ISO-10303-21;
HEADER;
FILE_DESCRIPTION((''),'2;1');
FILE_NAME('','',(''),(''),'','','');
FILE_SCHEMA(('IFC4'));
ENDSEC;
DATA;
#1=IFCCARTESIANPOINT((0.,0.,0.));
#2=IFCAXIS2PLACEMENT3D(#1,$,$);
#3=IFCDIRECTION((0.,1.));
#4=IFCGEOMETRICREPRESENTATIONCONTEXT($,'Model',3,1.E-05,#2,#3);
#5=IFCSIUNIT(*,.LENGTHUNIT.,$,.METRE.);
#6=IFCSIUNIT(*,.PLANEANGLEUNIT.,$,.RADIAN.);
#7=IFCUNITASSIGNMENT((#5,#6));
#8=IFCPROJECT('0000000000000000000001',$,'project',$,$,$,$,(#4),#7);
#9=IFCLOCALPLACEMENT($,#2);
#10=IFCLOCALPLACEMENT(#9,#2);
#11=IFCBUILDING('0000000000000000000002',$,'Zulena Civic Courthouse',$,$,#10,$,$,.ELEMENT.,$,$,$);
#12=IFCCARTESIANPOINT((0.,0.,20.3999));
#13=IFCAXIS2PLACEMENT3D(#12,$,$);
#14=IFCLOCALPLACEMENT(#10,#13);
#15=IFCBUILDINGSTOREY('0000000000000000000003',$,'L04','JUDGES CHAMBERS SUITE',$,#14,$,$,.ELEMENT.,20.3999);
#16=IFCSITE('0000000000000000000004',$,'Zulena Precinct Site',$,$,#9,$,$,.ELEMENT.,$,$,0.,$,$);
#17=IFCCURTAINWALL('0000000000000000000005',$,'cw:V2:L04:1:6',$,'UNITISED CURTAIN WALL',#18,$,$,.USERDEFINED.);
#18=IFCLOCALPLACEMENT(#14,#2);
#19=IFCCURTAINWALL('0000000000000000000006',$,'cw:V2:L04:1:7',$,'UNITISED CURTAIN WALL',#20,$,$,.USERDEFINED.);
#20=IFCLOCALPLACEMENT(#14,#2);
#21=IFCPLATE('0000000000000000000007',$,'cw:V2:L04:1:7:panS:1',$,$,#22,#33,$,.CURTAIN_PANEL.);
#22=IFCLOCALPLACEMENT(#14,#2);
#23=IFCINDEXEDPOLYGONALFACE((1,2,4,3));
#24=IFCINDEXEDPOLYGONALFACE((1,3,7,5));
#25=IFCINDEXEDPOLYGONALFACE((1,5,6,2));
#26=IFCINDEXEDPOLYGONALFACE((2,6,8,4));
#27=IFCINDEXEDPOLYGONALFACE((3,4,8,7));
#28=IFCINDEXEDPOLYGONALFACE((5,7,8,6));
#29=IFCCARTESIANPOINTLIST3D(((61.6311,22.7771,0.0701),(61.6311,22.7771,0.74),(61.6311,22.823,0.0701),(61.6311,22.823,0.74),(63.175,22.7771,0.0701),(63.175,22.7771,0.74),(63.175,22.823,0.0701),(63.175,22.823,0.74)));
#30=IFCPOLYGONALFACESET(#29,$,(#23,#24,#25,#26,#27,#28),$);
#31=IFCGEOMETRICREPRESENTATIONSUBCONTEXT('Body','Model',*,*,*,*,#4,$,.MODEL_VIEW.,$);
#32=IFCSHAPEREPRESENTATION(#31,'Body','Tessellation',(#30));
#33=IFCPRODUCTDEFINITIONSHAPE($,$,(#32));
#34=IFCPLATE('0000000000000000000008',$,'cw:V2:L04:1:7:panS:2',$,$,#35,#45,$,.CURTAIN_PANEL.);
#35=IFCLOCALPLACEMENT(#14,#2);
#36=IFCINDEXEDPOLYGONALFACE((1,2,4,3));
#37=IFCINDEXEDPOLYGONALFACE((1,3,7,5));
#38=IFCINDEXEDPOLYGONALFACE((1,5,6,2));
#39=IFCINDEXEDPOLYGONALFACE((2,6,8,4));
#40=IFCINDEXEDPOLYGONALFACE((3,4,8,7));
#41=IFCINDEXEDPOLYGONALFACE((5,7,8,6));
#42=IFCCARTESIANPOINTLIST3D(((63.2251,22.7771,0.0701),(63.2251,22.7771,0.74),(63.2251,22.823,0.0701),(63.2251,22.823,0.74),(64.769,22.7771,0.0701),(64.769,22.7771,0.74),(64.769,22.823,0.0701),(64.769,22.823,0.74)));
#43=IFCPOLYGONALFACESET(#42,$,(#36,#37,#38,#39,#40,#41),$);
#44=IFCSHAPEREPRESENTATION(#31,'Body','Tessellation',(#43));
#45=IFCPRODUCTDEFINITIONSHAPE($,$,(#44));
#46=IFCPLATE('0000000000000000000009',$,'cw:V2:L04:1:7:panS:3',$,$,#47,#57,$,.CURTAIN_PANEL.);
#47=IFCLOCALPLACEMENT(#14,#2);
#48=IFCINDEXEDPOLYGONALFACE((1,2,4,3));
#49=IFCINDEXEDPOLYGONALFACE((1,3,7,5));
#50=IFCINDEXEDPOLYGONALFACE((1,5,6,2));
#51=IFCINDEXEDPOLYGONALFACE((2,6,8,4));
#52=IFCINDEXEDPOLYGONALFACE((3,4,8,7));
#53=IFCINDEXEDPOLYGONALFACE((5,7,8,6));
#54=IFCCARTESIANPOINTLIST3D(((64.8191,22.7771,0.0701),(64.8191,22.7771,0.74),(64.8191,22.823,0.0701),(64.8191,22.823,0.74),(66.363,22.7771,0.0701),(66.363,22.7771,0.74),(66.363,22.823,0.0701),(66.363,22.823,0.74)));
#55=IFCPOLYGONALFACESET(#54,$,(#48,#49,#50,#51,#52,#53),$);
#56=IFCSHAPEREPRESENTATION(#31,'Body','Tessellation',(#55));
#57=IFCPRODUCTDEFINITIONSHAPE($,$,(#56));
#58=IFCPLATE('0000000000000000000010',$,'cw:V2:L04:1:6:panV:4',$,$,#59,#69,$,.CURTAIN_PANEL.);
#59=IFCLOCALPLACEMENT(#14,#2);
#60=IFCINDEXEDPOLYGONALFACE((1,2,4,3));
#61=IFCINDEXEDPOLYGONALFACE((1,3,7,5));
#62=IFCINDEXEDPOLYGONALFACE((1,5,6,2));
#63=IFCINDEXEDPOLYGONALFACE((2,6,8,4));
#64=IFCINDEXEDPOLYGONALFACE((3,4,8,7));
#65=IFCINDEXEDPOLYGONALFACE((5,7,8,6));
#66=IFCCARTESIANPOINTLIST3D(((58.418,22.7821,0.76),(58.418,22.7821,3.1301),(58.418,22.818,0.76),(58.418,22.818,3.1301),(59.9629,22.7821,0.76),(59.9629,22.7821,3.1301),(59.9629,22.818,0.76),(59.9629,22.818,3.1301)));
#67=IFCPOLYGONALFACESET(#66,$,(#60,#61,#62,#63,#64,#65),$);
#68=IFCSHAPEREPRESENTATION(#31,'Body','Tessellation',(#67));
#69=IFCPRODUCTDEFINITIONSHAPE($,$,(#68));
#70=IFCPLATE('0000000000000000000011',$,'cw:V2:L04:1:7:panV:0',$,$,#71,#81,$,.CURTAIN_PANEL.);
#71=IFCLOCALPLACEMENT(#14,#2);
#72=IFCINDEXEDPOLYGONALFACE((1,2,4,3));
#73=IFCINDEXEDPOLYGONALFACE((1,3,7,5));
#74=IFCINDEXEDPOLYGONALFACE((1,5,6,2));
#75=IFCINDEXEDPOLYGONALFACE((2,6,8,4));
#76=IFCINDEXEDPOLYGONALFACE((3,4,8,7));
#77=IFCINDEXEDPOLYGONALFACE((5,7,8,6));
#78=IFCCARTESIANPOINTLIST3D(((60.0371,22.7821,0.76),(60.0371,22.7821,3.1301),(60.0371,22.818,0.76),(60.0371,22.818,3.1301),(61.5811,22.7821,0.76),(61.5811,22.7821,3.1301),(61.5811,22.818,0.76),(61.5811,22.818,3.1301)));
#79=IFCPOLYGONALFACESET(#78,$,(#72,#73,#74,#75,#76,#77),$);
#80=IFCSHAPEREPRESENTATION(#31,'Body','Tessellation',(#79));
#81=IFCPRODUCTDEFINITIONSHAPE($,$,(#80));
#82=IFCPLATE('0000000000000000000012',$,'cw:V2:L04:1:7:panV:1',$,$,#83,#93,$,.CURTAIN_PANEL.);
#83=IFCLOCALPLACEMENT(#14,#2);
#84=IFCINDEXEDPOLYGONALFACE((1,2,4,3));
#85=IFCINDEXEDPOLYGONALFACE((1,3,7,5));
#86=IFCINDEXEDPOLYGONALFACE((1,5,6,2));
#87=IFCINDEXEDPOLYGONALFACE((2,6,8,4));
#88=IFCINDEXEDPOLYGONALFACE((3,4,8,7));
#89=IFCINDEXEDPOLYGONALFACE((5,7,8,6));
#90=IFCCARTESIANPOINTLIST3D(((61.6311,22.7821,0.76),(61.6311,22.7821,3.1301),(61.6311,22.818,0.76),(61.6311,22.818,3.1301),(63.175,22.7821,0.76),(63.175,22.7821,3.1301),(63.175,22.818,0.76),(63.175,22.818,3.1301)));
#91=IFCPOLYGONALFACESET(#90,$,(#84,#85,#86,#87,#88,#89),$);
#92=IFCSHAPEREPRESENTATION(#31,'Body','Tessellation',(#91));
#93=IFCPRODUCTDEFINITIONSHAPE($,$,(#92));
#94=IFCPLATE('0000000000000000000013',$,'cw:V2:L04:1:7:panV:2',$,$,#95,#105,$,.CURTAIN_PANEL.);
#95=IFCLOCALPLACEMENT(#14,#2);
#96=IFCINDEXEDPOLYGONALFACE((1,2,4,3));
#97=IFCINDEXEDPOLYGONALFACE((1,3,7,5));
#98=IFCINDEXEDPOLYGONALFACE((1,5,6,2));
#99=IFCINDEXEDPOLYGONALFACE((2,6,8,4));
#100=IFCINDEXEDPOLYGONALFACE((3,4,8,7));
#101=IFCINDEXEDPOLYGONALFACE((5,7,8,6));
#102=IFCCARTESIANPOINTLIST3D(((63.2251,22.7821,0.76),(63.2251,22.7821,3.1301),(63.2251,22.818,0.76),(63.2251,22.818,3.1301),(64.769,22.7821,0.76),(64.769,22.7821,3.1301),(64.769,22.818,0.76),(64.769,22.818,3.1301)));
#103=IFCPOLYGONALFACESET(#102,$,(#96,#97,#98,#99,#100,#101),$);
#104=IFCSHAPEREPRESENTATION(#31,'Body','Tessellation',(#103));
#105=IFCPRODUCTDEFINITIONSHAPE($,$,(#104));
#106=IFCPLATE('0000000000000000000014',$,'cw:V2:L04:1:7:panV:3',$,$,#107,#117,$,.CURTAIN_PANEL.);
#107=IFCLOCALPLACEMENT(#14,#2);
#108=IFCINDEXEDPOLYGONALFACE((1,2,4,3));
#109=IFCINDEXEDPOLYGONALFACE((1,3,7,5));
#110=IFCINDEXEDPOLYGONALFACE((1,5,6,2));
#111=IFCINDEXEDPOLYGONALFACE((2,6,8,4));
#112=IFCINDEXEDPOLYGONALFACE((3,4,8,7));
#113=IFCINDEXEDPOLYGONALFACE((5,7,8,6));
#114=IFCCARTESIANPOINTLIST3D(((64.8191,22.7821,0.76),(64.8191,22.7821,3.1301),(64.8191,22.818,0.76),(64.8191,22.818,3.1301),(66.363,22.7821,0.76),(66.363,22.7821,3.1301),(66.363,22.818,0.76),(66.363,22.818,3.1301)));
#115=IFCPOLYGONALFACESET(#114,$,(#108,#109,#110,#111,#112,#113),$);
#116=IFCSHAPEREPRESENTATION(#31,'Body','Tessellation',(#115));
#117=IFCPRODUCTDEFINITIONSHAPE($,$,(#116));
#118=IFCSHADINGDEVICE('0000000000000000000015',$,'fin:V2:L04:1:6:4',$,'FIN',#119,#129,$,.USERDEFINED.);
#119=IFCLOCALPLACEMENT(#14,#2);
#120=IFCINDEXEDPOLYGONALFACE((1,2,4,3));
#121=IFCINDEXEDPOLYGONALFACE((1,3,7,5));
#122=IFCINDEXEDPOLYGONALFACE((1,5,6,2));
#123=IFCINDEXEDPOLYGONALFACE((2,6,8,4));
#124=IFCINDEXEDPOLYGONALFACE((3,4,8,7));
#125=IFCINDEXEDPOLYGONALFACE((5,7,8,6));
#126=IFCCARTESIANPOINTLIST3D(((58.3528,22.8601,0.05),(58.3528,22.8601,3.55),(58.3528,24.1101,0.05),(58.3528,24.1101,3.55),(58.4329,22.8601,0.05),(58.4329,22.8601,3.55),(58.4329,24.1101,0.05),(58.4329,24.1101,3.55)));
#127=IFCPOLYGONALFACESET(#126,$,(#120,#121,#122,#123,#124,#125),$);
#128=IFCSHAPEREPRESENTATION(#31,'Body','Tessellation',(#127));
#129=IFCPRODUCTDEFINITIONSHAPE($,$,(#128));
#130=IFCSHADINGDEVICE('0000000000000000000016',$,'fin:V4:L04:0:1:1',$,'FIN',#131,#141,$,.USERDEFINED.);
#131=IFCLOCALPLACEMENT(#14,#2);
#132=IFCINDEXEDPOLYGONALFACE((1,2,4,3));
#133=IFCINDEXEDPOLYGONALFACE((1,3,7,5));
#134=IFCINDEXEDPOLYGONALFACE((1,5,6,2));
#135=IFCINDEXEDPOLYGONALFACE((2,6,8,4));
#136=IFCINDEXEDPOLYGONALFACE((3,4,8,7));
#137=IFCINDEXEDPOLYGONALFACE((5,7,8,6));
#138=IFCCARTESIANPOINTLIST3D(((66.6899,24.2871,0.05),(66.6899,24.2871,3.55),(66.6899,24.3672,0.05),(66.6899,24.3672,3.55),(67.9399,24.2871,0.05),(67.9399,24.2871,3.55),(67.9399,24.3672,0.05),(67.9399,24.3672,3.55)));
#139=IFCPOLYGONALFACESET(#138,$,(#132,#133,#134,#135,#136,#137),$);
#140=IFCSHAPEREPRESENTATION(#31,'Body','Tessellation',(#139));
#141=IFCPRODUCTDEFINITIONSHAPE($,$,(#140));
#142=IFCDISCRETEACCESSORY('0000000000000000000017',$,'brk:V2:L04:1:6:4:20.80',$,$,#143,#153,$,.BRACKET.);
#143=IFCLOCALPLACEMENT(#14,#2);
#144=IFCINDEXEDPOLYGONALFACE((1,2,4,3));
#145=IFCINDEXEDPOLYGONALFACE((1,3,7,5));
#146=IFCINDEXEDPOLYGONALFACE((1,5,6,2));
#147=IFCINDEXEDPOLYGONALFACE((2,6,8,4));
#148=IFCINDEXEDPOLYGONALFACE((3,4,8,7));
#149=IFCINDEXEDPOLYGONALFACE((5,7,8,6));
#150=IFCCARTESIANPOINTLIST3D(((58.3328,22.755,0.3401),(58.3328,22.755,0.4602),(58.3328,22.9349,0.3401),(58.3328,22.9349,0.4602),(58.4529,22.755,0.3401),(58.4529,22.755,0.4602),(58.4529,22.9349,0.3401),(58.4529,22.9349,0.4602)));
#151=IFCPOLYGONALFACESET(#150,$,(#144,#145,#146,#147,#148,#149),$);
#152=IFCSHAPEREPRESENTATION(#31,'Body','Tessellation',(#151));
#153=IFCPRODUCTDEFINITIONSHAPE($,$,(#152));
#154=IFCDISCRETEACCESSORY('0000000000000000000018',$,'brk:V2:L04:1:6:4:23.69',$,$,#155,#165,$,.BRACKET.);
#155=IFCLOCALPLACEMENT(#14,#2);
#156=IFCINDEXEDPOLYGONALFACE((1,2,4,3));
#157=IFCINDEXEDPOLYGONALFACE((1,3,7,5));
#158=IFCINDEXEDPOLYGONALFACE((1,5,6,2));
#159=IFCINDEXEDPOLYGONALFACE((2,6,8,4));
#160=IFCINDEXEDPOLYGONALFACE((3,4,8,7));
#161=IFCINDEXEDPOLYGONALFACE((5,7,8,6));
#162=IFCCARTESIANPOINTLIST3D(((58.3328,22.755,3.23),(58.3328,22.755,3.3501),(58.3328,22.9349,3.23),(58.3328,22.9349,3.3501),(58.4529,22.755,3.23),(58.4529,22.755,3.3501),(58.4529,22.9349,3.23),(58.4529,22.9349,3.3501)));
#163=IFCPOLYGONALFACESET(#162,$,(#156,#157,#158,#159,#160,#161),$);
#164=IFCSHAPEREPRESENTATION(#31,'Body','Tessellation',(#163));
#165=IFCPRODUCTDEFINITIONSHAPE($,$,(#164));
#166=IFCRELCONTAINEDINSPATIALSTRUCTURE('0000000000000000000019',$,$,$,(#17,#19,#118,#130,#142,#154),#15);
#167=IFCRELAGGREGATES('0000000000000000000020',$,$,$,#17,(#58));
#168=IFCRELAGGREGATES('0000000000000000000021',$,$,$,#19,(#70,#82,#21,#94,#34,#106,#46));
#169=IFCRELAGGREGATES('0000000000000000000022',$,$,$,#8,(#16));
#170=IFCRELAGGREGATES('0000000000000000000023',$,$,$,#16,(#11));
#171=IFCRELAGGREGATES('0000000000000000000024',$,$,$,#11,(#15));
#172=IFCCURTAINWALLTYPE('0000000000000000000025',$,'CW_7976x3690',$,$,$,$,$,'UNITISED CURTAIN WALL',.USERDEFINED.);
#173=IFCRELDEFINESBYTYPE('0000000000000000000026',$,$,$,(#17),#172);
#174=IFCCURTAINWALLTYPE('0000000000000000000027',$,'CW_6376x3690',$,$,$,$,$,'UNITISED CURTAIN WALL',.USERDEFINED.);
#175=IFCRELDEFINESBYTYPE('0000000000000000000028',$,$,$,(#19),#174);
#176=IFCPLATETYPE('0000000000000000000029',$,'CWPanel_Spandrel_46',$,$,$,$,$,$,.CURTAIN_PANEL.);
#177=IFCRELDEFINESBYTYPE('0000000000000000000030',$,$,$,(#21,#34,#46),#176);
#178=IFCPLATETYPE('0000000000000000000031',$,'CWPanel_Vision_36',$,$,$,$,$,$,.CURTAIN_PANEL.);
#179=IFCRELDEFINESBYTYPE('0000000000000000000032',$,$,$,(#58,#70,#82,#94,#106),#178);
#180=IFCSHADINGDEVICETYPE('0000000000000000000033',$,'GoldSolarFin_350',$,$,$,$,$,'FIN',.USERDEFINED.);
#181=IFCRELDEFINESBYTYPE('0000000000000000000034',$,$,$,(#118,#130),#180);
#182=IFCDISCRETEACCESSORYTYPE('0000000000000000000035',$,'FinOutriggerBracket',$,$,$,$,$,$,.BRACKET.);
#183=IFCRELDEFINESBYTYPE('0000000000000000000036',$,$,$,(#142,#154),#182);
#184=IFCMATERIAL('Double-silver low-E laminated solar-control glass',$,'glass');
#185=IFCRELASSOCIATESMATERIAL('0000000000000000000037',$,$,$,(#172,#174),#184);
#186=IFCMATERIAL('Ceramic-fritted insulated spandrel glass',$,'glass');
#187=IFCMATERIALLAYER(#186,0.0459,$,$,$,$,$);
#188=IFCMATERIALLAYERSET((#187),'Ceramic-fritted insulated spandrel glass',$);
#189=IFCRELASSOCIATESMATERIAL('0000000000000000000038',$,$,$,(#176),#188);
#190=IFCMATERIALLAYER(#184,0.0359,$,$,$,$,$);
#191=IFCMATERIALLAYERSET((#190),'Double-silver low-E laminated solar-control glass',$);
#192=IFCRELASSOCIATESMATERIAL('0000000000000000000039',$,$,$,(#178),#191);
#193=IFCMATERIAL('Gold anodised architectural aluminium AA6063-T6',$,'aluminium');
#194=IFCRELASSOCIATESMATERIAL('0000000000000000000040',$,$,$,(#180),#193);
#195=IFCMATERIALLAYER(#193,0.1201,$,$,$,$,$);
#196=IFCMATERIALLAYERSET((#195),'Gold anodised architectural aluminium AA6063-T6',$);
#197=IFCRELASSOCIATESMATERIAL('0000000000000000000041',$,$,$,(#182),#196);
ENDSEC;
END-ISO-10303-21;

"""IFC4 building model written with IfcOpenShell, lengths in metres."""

from ifc_helpers import new_model, si_unit, direction, frame, origin, origin_2d, place, context, subcontext, project, spatial, rectangle, extrude, material, layer, layer_set, type_object, element, aggregate, save


model = new_model("IFC4")

# Units and contexts
model_context = context("Model", 3, precision=1e-05, world=origin(), true_north=direction((0.0, 1.0)))
body_context = subcontext(model_context, "Body", "Model", "MODEL_VIEW")
ifc_project = project(units=[si_unit("LENGTHUNIT", "METRE"), si_unit("PLANEANGLEUNIT", "RADIAN")], contexts=[model_context])

# Site, building, storey
site_placement = place(None, origin())
site = spatial("IfcSite", under=ifc_project, at=site_placement, Name="Zulena Precinct Site", CompositionType="ELEMENT", RefElevation=0.0)
building_placement = place(site_placement, origin())
building = spatial("IfcBuilding", under=site, at=building_placement, Name="Zulena Civic Courthouse", CompositionType="ELEMENT")
storey_placement = place(building_placement, frame((0.0, 0.0, 20.3999)))
storey = spatial("IfcBuildingStorey", under=building, at=storey_placement, Name="L04", Description="JUDGES CHAMBERS SUITE", CompositionType="ELEMENT", Elevation=20.3999)

# Curtain walls
ifc_material_1 = material(Name="Double-silver low-E laminated solar-control glass", Category="glass")
curtain_wall_type_1 = type_object("IfcCurtainWallType", Name="CW_7976x3690", ElementType="UNITISED CURTAIN WALL", PredefinedType="USERDEFINED", material=ifc_material_1)
curtain_wall_1_placement = place(storey_placement, origin())
curtain_wall_1 = element("IfcCurtainWall", 1, at=curtain_wall_1_placement, inside=storey, type_object=curtain_wall_type_1, Name="cw:V2:L04:1:6", ObjectType="UNITISED CURTAIN WALL", PredefinedType="USERDEFINED")
curtain_wall_type_2 = type_object("IfcCurtainWallType", Name="CW_6376x3690", ElementType="UNITISED CURTAIN WALL", PredefinedType="USERDEFINED", material=ifc_material_1)
curtain_wall_2_placement = place(storey_placement, origin())
curtain_wall_2 = element("IfcCurtainWall", 2, at=curtain_wall_2_placement, inside=storey, type_object=curtain_wall_type_2, Name="cw:V2:L04:1:7", ObjectType="UNITISED CURTAIN WALL", PredefinedType="USERDEFINED")

# Plates
ifc_material_2 = material(Name="Ceramic-fritted insulated spandrel glass", Category="glass")
ifc_layer_1 = layer(ifc_material_2, 0.0459)
ifc_layer_set_1 = layer_set([ifc_layer_1], Name="Ceramic-fritted insulated spandrel glass")
plate_type_1 = type_object("IfcPlateType", Name="CWPanel_Spandrel_46", PredefinedType="CURTAIN_PANEL", material=ifc_layer_set_1)
plate_1_placement = place(storey_placement, frame((62.4031, 22.8, 0.0701), z_axis=(0.0, 0.0, 1.0), x_axis=(1.0, 0.0, 0.0)))
plate_1 = element("IfcPlate", 3, at=plate_1_placement, type_object=plate_type_1, Name="cw:V2:L04:1:7:panS:1", PredefinedType="CURTAIN_PANEL", context=body_context, shape_type="SweptSolid", body=[
    extrude(rectangle(XDim=1.5439, YDim=0.0459, at=origin_2d()), origin(), (0.0, 0.0, 1.0), 0.6699),
])
plate_2_placement = place(storey_placement, frame((63.9971, 22.8, 0.0701), z_axis=(0.0, 0.0, 1.0), x_axis=(1.0, 0.0, 0.0)))
plate_2 = element("IfcPlate", 4, at=plate_2_placement, type_object=plate_type_1, Name="cw:V2:L04:1:7:panS:2", PredefinedType="CURTAIN_PANEL", context=body_context, shape_type="SweptSolid", body=[
    extrude(rectangle(XDim=1.5439, YDim=0.0459, at=origin_2d()), origin(), (0.0, 0.0, 1.0), 0.6699),
])
plate_3_placement = place(storey_placement, frame((65.5911, 22.8, 0.0701), z_axis=(0.0, 0.0, 1.0), x_axis=(1.0, 0.0, 0.0)))
plate_3 = element("IfcPlate", 5, at=plate_3_placement, type_object=plate_type_1, Name="cw:V2:L04:1:7:panS:3", PredefinedType="CURTAIN_PANEL", context=body_context, shape_type="SweptSolid", body=[
    extrude(rectangle(XDim=1.5439, YDim=0.0459, at=origin_2d()), origin(), (0.0, 0.0, 1.0), 0.6699),
])
ifc_layer_2 = layer(ifc_material_1, 0.0359)
ifc_layer_set_2 = layer_set([ifc_layer_2], Name="Double-silver low-E laminated solar-control glass")
plate_type_2 = type_object("IfcPlateType", Name="CWPanel_Vision_36", PredefinedType="CURTAIN_PANEL", material=ifc_layer_set_2)
plate_4_placement = place(storey_placement, frame((59.1904, 22.8, 0.76), z_axis=(0.0, 0.0, 1.0), x_axis=(1.0, 0.0, 0.0)))
plate_4 = element("IfcPlate", 6, at=plate_4_placement, type_object=plate_type_2, Name="cw:V2:L04:1:6:panV:4", PredefinedType="CURTAIN_PANEL", context=body_context, shape_type="SweptSolid", body=[
    extrude(rectangle(XDim=1.5449, YDim=0.0359, at=origin_2d()), origin(), (0.0, 0.0, 1.0), 2.3701),
])
aggregate(curtain_wall_1, [plate_4])
plate_5_placement = place(storey_placement, frame((60.8091, 22.8, 0.76), z_axis=(0.0, 0.0, 1.0), x_axis=(1.0, 0.0, 0.0)))
plate_5 = element("IfcPlate", 7, at=plate_5_placement, type_object=plate_type_2, Name="cw:V2:L04:1:7:panV:0", PredefinedType="CURTAIN_PANEL", context=body_context, shape_type="SweptSolid", body=[
    extrude(rectangle(XDim=1.5439, YDim=0.0359, at=origin_2d()), origin(), (0.0, 0.0, 1.0), 2.3701),
])
plate_6_placement = place(storey_placement, frame((62.4031, 22.8, 0.76), z_axis=(0.0, 0.0, 1.0), x_axis=(1.0, 0.0, 0.0)))
plate_6 = element("IfcPlate", 8, at=plate_6_placement, type_object=plate_type_2, Name="cw:V2:L04:1:7:panV:1", PredefinedType="CURTAIN_PANEL", context=body_context, shape_type="SweptSolid", body=[
    extrude(rectangle(XDim=1.5439, YDim=0.0359, at=origin_2d()), origin(), (0.0, 0.0, 1.0), 2.3701),
])
plate_7_placement = place(storey_placement, frame((63.9971, 22.8, 0.76), z_axis=(0.0, 0.0, 1.0), x_axis=(1.0, 0.0, 0.0)))
plate_7 = element("IfcPlate", 9, at=plate_7_placement, type_object=plate_type_2, Name="cw:V2:L04:1:7:panV:2", PredefinedType="CURTAIN_PANEL", context=body_context, shape_type="SweptSolid", body=[
    extrude(rectangle(XDim=1.5439, YDim=0.0359, at=origin_2d()), origin(), (0.0, 0.0, 1.0), 2.3701),
])
plate_8_placement = place(storey_placement, frame((65.5911, 22.8, 0.76), z_axis=(0.0, 0.0, 1.0), x_axis=(1.0, 0.0, 0.0)))
plate_8 = element("IfcPlate", 10, at=plate_8_placement, type_object=plate_type_2, Name="cw:V2:L04:1:7:panV:3", PredefinedType="CURTAIN_PANEL", context=body_context, shape_type="SweptSolid", body=[
    extrude(rectangle(XDim=1.5439, YDim=0.0359, at=origin_2d()), origin(), (0.0, 0.0, 1.0), 2.3701),
])
aggregate(curtain_wall_2, [plate_5, plate_6, plate_1, plate_7, plate_2, plate_8, plate_3])

# Shading devices
ifc_material_3 = material(Name="Gold anodised architectural aluminium AA6063-T6", Category="aluminium")
shading_device_type = type_object("IfcShadingDeviceType", Name="GoldSolarFin_350", ElementType="FIN", PredefinedType="USERDEFINED", material=ifc_material_3)
for number, where, z_axis, x_axis, name in (
    (11, (58.3928, 23.4851, 0.05), (0.0, 0.0, 1.0), (0.0, 1.0, 0.0), "fin:V2:L04:1:6:4"),
    (12, (67.3149, 24.3271, 0.05), (0.0, 0.0, 1.0), (-1.0, 0.0, 0.0), "fin:V4:L04:0:1:1"),
):
    element("IfcShadingDevice", number, at=place(storey_placement, frame(where, z_axis=z_axis, x_axis=x_axis)), inside=storey, type_object=shading_device_type, Name=name, ObjectType="FIN", PredefinedType="USERDEFINED", context=body_context, shape_type="SweptSolid", body=[
        extrude(rectangle(XDim=1.25, YDim=0.0801, at=origin_2d()), origin(), (0.0, 0.0, 1.0), 3.5),
    ])

# Discrete accessories
ifc_layer_3 = layer(ifc_material_3, 0.1201)
ifc_layer_set_3 = layer_set([ifc_layer_3], Name="Gold anodised architectural aluminium AA6063-T6")
discrete_accessory_type = type_object("IfcDiscreteAccessoryType", Name="FinOutriggerBracket", PredefinedType="BRACKET", material=ifc_layer_set_3)
for number, where, z_axis, x_axis, name in (
    (13, (58.3928, 22.845, 0.3401), (0.0, 0.0, 1.0), (0.0, 1.0, 0.0), "brk:V2:L04:1:6:4:20.80"),
    (14, (58.3928, 22.845, 3.23), (0.0, 0.0, 1.0), (0.0, 1.0, 0.0), "brk:V2:L04:1:6:4:23.69"),
):
    element("IfcDiscreteAccessory", number, at=place(storey_placement, frame(where, z_axis=z_axis, x_axis=x_axis)), inside=storey, type_object=discrete_accessory_type, Name=name, PredefinedType="BRACKET", context=body_context, shape_type="SweptSolid", body=[
        extrude(rectangle(XDim=0.1799, YDim=0.1201, at=origin_2d()), origin(), (0.0, 0.0, 1.0), 0.1201),
    ])

save(model, "model.ifc")
